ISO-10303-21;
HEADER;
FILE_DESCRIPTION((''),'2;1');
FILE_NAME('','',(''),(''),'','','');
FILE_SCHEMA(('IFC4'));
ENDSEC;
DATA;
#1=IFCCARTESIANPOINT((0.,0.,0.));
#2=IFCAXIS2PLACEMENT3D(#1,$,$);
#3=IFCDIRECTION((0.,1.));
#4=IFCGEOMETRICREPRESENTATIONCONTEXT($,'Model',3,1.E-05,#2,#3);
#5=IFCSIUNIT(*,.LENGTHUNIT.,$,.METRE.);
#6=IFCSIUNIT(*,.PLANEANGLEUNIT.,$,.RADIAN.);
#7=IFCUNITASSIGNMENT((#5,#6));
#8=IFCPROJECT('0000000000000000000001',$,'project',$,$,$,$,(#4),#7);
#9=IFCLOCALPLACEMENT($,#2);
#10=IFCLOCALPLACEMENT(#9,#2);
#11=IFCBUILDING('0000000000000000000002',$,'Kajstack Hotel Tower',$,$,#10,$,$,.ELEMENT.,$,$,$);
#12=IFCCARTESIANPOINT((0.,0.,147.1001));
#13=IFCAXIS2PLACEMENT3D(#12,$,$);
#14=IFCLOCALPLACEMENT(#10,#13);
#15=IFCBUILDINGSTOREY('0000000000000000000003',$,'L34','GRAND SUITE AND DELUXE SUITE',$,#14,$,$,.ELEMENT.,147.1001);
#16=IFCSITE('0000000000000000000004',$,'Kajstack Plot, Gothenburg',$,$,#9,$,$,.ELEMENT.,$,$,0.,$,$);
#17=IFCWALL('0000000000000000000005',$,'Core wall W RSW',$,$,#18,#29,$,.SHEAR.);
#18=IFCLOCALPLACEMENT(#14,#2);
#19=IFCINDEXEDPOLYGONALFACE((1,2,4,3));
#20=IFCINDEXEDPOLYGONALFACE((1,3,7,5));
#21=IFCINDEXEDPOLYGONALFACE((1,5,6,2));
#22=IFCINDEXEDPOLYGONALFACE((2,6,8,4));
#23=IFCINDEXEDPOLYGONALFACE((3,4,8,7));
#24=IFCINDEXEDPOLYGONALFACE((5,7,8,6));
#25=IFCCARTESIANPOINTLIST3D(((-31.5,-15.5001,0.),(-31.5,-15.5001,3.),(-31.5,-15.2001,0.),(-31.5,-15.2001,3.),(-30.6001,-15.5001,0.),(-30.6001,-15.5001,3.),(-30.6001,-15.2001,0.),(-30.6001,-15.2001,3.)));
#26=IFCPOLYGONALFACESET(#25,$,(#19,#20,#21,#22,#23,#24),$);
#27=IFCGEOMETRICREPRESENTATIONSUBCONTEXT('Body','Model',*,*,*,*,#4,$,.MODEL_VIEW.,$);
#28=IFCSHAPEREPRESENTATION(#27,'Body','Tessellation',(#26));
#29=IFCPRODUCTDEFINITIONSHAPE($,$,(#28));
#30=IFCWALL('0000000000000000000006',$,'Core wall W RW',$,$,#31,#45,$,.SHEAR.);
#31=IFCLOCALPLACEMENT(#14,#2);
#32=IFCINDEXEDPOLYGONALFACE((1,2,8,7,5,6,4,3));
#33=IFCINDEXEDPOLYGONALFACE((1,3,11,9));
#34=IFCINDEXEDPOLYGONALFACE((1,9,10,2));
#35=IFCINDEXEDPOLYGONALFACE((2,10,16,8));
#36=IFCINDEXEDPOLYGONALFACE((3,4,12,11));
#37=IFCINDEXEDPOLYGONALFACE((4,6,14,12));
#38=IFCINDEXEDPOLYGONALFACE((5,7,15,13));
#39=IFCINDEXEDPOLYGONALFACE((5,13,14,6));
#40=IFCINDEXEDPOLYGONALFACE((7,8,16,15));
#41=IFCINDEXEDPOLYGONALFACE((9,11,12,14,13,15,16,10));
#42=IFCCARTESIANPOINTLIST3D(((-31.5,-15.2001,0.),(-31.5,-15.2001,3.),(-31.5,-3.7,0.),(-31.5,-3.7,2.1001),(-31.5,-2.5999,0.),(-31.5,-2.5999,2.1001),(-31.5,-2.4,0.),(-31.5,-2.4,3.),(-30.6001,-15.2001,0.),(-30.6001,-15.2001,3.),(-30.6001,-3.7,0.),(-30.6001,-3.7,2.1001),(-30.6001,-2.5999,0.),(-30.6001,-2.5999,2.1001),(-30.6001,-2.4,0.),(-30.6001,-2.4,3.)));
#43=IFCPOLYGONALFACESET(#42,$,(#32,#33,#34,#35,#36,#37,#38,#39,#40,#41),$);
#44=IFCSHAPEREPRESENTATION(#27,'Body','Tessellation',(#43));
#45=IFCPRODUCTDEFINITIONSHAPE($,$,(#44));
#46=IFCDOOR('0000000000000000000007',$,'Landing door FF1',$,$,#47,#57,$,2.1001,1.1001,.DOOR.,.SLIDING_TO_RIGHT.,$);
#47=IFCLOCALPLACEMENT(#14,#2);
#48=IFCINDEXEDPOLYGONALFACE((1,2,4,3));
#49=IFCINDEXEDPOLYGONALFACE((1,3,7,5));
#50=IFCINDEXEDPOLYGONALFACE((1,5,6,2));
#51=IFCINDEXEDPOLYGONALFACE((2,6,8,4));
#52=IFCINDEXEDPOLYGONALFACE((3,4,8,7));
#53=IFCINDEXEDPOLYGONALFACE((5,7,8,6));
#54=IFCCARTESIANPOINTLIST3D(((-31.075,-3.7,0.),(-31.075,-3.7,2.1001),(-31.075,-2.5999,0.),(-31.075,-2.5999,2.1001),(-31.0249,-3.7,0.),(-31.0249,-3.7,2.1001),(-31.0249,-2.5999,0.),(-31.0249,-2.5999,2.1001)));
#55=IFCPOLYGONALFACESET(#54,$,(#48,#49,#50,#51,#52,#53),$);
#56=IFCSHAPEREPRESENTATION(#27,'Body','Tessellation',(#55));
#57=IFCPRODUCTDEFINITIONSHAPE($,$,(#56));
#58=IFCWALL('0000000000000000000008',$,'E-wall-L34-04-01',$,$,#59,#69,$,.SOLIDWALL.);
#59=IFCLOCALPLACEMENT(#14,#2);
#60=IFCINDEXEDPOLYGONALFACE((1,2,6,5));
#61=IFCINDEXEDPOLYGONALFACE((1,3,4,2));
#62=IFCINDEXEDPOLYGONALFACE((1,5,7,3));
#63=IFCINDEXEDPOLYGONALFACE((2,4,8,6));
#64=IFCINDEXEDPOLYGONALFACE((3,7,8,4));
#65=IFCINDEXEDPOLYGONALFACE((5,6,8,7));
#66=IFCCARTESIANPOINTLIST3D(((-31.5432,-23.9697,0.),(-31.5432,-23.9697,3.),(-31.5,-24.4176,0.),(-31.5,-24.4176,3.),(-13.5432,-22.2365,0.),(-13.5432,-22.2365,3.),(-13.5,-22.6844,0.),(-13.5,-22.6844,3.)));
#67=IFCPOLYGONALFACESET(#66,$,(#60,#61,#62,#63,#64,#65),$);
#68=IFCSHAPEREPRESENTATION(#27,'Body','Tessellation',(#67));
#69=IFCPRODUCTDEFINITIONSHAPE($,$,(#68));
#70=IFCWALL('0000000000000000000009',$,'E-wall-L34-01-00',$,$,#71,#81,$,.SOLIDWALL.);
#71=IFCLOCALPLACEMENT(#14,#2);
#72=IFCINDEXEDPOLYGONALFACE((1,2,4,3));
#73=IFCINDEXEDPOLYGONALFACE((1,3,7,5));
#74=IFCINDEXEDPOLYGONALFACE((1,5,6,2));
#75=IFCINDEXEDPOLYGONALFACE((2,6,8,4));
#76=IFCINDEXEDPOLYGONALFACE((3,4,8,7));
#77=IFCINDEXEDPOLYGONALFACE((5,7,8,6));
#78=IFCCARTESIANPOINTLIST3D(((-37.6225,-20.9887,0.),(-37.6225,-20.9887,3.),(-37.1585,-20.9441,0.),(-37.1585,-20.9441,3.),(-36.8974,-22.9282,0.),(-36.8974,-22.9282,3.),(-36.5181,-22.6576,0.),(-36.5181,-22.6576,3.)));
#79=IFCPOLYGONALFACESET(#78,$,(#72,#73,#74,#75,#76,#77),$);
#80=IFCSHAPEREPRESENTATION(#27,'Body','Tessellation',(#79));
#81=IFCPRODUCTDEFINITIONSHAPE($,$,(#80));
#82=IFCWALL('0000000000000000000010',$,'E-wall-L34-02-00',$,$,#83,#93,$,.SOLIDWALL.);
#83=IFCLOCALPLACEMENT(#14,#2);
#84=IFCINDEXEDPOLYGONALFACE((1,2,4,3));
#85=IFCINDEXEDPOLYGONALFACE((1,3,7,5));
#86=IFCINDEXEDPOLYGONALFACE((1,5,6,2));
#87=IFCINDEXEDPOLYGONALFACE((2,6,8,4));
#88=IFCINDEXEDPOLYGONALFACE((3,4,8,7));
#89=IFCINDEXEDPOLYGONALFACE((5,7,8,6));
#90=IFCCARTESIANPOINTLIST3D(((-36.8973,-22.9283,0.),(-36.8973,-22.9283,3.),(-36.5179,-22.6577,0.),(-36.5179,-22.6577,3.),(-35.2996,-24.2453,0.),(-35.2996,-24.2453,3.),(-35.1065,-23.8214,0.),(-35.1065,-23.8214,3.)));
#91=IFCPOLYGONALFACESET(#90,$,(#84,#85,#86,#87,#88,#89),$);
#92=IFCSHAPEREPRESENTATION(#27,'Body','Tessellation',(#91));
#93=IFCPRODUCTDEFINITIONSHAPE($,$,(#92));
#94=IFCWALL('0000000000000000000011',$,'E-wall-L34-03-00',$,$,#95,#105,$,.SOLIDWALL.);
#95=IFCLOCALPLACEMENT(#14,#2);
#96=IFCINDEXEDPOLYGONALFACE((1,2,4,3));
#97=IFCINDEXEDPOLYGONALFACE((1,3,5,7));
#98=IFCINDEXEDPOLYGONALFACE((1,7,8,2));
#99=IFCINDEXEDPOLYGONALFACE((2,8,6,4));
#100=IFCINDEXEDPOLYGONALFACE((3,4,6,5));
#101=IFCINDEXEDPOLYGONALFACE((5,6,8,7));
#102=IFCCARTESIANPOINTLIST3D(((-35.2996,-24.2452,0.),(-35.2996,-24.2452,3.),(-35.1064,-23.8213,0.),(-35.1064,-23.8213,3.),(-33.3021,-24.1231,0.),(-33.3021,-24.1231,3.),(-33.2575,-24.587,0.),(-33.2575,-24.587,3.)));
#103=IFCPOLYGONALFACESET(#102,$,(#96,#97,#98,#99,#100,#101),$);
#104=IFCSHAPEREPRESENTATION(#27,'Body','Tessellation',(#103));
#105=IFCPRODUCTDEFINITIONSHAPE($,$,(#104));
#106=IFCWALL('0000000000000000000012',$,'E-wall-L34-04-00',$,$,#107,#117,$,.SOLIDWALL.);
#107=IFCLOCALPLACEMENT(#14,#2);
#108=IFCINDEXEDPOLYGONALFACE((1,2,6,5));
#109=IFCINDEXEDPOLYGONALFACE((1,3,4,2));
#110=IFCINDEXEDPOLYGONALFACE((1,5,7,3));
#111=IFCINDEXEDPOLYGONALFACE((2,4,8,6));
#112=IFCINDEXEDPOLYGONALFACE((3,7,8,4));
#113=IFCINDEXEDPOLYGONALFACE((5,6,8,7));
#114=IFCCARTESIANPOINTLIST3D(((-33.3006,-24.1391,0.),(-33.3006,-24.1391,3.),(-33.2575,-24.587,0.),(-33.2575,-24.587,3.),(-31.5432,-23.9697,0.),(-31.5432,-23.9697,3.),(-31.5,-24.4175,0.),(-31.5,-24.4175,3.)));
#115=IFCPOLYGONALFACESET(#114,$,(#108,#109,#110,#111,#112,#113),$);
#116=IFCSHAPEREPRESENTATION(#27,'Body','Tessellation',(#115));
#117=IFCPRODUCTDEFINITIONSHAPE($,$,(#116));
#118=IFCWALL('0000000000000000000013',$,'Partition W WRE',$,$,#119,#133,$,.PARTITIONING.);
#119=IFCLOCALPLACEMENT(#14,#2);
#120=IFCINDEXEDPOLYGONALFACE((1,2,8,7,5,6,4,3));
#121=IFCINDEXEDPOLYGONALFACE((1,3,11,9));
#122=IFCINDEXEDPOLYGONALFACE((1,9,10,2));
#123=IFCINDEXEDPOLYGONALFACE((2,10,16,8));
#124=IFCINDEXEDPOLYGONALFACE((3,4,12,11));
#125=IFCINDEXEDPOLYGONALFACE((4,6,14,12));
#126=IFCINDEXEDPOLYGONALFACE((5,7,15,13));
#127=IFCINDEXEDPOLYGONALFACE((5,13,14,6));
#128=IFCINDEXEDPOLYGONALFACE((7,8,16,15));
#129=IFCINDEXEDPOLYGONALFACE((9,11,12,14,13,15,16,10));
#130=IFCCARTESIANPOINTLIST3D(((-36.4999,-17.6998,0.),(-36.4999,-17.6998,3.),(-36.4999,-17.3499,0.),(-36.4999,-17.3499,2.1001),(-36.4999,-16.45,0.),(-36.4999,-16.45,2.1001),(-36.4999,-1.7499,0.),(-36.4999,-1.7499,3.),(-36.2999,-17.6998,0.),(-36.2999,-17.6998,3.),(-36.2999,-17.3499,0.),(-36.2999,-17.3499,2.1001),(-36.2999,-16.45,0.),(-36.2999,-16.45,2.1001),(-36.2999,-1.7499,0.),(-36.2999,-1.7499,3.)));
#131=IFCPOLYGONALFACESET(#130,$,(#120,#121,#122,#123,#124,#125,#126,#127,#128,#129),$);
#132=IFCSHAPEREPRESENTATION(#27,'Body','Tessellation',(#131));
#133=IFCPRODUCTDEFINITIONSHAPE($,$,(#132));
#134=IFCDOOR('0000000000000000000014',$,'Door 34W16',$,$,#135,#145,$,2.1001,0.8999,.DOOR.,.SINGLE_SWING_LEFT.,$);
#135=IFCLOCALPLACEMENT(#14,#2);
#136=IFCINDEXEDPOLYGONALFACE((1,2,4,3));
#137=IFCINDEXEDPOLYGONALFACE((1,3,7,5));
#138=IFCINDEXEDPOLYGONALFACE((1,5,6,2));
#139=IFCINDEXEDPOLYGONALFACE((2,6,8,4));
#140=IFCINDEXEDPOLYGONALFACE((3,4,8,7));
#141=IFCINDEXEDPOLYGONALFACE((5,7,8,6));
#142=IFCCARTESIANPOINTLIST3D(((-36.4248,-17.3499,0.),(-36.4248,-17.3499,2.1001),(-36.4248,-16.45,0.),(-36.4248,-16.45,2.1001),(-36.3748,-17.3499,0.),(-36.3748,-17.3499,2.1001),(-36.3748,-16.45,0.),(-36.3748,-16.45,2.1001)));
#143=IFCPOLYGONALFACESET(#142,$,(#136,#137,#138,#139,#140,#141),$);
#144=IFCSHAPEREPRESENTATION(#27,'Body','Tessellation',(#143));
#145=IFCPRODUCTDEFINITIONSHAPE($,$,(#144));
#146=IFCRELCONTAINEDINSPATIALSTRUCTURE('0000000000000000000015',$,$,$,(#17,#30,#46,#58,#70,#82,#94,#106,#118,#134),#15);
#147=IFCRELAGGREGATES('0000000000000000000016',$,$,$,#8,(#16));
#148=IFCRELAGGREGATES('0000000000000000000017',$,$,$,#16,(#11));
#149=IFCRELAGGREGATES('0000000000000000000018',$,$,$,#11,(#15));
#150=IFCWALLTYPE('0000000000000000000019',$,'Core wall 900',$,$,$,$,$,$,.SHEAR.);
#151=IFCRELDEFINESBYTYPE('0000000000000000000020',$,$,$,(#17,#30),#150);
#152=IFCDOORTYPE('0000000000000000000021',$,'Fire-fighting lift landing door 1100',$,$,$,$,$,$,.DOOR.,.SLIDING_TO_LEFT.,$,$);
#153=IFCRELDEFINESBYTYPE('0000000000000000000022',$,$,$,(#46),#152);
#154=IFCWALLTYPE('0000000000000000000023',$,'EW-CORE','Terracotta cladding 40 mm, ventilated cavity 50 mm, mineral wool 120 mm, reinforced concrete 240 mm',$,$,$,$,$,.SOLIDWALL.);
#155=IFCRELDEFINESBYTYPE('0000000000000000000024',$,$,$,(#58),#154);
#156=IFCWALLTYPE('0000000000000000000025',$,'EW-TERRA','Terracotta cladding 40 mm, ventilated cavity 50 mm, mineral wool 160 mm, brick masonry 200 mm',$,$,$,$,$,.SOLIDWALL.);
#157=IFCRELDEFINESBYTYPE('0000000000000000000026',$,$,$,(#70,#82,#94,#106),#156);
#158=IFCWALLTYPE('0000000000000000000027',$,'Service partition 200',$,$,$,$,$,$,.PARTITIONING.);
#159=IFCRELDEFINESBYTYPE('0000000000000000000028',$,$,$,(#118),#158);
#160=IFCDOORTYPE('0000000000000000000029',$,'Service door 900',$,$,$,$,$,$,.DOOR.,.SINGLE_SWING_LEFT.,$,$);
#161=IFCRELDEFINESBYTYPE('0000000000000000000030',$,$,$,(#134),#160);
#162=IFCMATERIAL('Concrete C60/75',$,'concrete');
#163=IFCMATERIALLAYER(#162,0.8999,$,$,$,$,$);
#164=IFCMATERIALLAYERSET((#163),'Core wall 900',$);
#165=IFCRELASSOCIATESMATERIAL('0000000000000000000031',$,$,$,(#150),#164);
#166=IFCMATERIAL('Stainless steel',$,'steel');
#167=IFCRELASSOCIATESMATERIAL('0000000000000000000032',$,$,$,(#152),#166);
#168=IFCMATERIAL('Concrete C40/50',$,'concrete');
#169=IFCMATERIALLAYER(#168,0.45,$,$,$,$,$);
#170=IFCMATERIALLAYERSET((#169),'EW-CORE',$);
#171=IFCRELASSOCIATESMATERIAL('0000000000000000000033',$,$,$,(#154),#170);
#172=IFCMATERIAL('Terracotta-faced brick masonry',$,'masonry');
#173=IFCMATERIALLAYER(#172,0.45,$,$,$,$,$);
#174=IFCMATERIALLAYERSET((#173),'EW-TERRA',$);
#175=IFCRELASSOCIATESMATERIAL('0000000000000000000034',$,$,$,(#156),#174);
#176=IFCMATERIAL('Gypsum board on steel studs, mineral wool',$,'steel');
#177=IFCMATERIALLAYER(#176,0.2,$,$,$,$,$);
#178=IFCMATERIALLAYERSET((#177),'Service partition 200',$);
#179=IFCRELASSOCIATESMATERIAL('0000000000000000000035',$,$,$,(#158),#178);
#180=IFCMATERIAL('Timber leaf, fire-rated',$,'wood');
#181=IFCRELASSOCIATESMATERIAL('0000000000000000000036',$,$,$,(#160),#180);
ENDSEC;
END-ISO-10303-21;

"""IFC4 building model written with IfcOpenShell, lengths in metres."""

from ifc_helpers import new_model, si_unit, direction, frame, frame_2d, origin, place, context, subcontext, project, spatial, polyline, rectangle, outline, extrude, material, layer, layer_set, type_object, element, fill, save


model = new_model("IFC4")

# Units and contexts
model_context = context("Model", 3, precision=1e-05, world=origin(), true_north=direction((0.0, 1.0)))
body_context = subcontext(model_context, "Body", "Model", "MODEL_VIEW")
ifc_project = project(units=[si_unit("LENGTHUNIT", "METRE"), si_unit("PLANEANGLEUNIT", "RADIAN")], contexts=[model_context])

# Site, building, storey
site_placement = place(None, origin())
site = spatial("IfcSite", under=ifc_project, at=site_placement, Name="Kajstack Plot, Gothenburg", CompositionType="ELEMENT", RefElevation=0.0)
building_placement = place(site_placement, origin())
building = spatial("IfcBuilding", under=site, at=building_placement, Name="Kajstack Hotel Tower", CompositionType="ELEMENT")
storey_placement = place(building_placement, frame((0.0, 0.0, 147.1001)))
storey = spatial("IfcBuildingStorey", under=building, at=storey_placement, Name="L34", Description="GRAND SUITE AND DELUXE SUITE", CompositionType="ELEMENT", Elevation=147.1001)

# Wall
ifc_material_1 = material(Name="Concrete C60/75", Category="concrete")
ifc_layer_1 = layer(ifc_material_1, 0.8999)
ifc_layer_set_1 = layer_set([ifc_layer_1], Name="Core wall 900")
wall_type_1 = type_object("IfcWallType", Name="Core wall 900", PredefinedType="SHEAR", material=ifc_layer_set_1)
wall_1_placement = place(storey_placement, frame((-31.5, -15.3501, 0.0), z_axis=(0.0, 0.0, 1.0), x_axis=(1.0, 0.0, 0.0)))
element("IfcWall", 1, at=wall_1_placement, inside=storey, type_object=wall_type_1, Name="Core wall W RSW", PredefinedType="SHEAR", context=body_context, shape_type="SweptSolid", body=[
    extrude(rectangle(XDim=0.8999, YDim=0.3, at=frame_2d((0.45, 0.0))), origin(), (0.0, 0.0, 1.0), 3.0),
])

# Wall, opening, door
wall_2_placement = place(storey_placement, frame((-31.05, -15.2, 0.0), z_axis=(0.0, 0.0, 1.0), x_axis=(0.0, 1.0, 0.0)))
wall_2 = element("IfcWall", 2, at=wall_2_placement, inside=storey, type_object=wall_type_1, Name="Core wall W RW", PredefinedType="SHEAR", context=body_context, shape_type="SweptSolid", body=[
    extrude(rectangle(XDim=12.8, YDim=0.8999, at=frame_2d((6.3999, 0.0))), origin(), (0.0, 0.0, 1.0), 3.0),
])
opening_1_placement = place(wall_2_placement, frame((11.5, 0.0, 0.0)))
opening_1 = element("IfcOpeningElement", 3, at=opening_1_placement, cuts=wall_2, PredefinedType="OPENING", context=body_context, shape_type="SweptSolid", body=[
    extrude(rectangle(XDim=1.1001, YDim=2.1001, at=frame_2d((0.55, 1.05))), frame((0.0, 0.46, 0.0), z_axis=(0.0, -1.0, 0.0), x_axis=(1.0, 0.0, 0.0)), (0.0, 0.0, 1.0), 0.9199),
])
ifc_material_2 = material(Name="Stainless steel", Category="steel")
door_type_1 = type_object("IfcDoorType", Name="Fire-fighting lift landing door 1100", OperationType="SLIDING_TO_LEFT", PredefinedType="DOOR", material=ifc_material_2)
door_1_placement = place(opening_1_placement, origin())
door_1 = element("IfcDoor", 4, at=door_1_placement, inside=storey, type_object=door_type_1, Name="Landing door FF1", OperationType="SLIDING_TO_RIGHT", OverallHeight=2.1001, OverallWidth=1.1001, PredefinedType="DOOR", context=body_context, shape_type="SweptSolid", body=[
    extrude(rectangle(XDim=1.1001, YDim=2.1001, at=frame_2d((0.55, 1.05))), frame((0.0, 0.0249, 0.0), z_axis=(0.0, -1.0, 0.0), x_axis=(1.0, 0.0, 0.0)), (0.0, 0.0, 1.0), 0.05),
])
fill(opening_1, door_1)

# Walls
ifc_material_3 = material(Name="Concrete C40/50", Category="concrete")
ifc_layer_2 = layer(ifc_material_3, 0.45)
ifc_layer_set_2 = layer_set([ifc_layer_2], Name="EW-CORE")
wall_type_2 = type_object("IfcWallType", Name="EW-CORE", Description="Terracotta cladding 40 mm, ventilated cavity 50 mm, mineral wool 120 mm, reinforced concrete 240 mm", PredefinedType="SOLIDWALL", material=ifc_layer_set_2)
wall_3_placement = place(storey_placement, frame((-31.5215, -24.1936, 0.0), z_axis=(0.0, 0.0, 1.0), x_axis=(0.995396, 0.095843, 0.0)))
element("IfcWall", 5, at=wall_3_placement, inside=storey, type_object=wall_type_2, Name="E-wall-L34-04-01", PredefinedType="SOLIDWALL", context=body_context, shape_type="SweptSolid", body=[
    extrude(rectangle(XDim=18.0833, YDim=0.45, at=frame_2d((9.0415, 0.0))), origin(), (0.0, 0.0, 1.0), 3.0),
])
ifc_material_4 = material(Name="Terracotta-faced brick masonry", Category="masonry")
ifc_layer_3 = layer(ifc_material_4, 0.45)
ifc_layer_set_3 = layer_set([ifc_layer_3], Name="EW-TERRA")
wall_type_3 = type_object("IfcWallType", Name="EW-TERRA", Description="Terracotta cladding 40 mm, ventilated cavity 50 mm, mineral wool 160 mm, brick masonry 200 mm", PredefinedType="SOLIDWALL", material=ifc_layer_set_3)
for number, where, z_axis, x_axis, name in (
    (6, (-37.4116, -20.9099, 0.0), (0.0, 0.0, 1.0), (0.350193, -0.936678, 0.0), "E-wall-L34-01-00"),
    (7, (-36.7542, -22.7546, 0.0), (0.0, 0.0, 1.0), (0.771651, -0.636046, 0.0), "E-wall-L34-02-00"),
):
    element("IfcWall", number, at=place(storey_placement, frame(where, z_axis=z_axis, x_axis=x_axis)), inside=storey, type_object=wall_type_3, Name=name, PredefinedType="SOLIDWALL", context=body_context, shape_type="SweptSolid", body=[
        extrude(outline(polyline([(0.0, -0.2251), (2.0706, -0.2251), (1.95, 0.2249), (0.1206, 0.2251), (0.0, -0.2251)])), origin(), (0.0, 0.0, 1.0), 3.0),
    ])
wall_4_placement = place(storey_placement, frame((-35.2625, -24.0232, 0.0), z_axis=(0.0, 0.0, 1.0), x_axis=(0.986279, -0.165087, 0.0)))
element("IfcWall", 8, at=wall_4_placement, inside=storey, type_object=wall_type_3, Name="E-wall-L34-03-00", PredefinedType="SOLIDWALL", context=body_context, shape_type="SweptSolid", body=[
    extrude(outline(polyline([(0.0, -0.2251), (2.0706, -0.2251), (1.95, 0.2251), (0.1206, 0.2249), (0.0, -0.2251)])), origin(), (0.0, 0.0, 1.0), 3.0),
])
wall_5_placement = place(storey_placement, frame((-33.2791, -24.363, 0.0), z_axis=(0.0, 0.0, 1.0), x_axis=(0.995385, 0.095957, 0.0)))
element("IfcWall", 9, at=wall_5_placement, inside=storey, type_object=wall_type_3, Name="E-wall-L34-04-00", PredefinedType="SOLIDWALL", context=body_context, shape_type="SweptSolid", body=[
    extrude(rectangle(XDim=1.7656, YDim=0.45, at=frame_2d((0.8828, 0.0))), origin(), (0.0, 0.0, 1.0), 3.0),
])

# Wall, opening, door
ifc_material_5 = material(Name="Gypsum board on steel studs, mineral wool", Category="steel")
ifc_layer_4 = layer(ifc_material_5, 0.2)
ifc_layer_set_4 = layer_set([ifc_layer_4], Name="Service partition 200")
wall_type_4 = type_object("IfcWallType", Name="Service partition 200", PredefinedType="PARTITIONING", material=ifc_layer_set_4)
wall_6_placement = place(storey_placement, frame((-36.3999, -17.7, 0.0), z_axis=(0.0, 0.0, 1.0), x_axis=(0.0, 1.0, 0.0)))
wall_6 = element("IfcWall", 10, at=wall_6_placement, inside=storey, type_object=wall_type_4, Name="Partition W WRE", PredefinedType="PARTITIONING", context=body_context, shape_type="SweptSolid", body=[
    extrude(rectangle(XDim=15.95, YDim=0.2, at=frame_2d((7.9751, 0.0))), origin(), (0.0, 0.0, 1.0), 3.0),
])
opening_2_placement = place(wall_6_placement, frame((0.3501, 0.0, 0.0)))
opening_2 = element("IfcOpeningElement", 11, at=opening_2_placement, cuts=wall_6, PredefinedType="OPENING", context=body_context, shape_type="SweptSolid", body=[
    extrude(rectangle(XDim=0.8999, YDim=2.1001, at=frame_2d((0.45, 1.05))), frame((0.0, 0.1099, 0.0), z_axis=(0.0, -1.0, 0.0), x_axis=(1.0, 0.0, 0.0)), (0.0, 0.0, 1.0), 0.22),
])
ifc_material_6 = material(Name="Timber leaf, fire-rated", Category="wood")
door_type_2 = type_object("IfcDoorType", Name="Service door 900", OperationType="SINGLE_SWING_LEFT", PredefinedType="DOOR", material=ifc_material_6)
door_2_placement = place(opening_2_placement, origin())
door_2 = element("IfcDoor", 12, at=door_2_placement, inside=storey, type_object=door_type_2, Name="Door 34W16", OperationType="SINGLE_SWING_LEFT", OverallHeight=2.1001, OverallWidth=0.8999, PredefinedType="DOOR", context=body_context, shape_type="SweptSolid", body=[
    extrude(rectangle(XDim=0.8999, YDim=2.1001, at=frame_2d((0.45, 1.05))), frame((0.0, 0.0249, 0.0), z_axis=(0.0, -1.0, 0.0), x_axis=(1.0, 0.0, 0.0)), (0.0, 0.0, 1.0), 0.05),
])
fill(opening_2, door_2)

save(model, "model.ifc")
